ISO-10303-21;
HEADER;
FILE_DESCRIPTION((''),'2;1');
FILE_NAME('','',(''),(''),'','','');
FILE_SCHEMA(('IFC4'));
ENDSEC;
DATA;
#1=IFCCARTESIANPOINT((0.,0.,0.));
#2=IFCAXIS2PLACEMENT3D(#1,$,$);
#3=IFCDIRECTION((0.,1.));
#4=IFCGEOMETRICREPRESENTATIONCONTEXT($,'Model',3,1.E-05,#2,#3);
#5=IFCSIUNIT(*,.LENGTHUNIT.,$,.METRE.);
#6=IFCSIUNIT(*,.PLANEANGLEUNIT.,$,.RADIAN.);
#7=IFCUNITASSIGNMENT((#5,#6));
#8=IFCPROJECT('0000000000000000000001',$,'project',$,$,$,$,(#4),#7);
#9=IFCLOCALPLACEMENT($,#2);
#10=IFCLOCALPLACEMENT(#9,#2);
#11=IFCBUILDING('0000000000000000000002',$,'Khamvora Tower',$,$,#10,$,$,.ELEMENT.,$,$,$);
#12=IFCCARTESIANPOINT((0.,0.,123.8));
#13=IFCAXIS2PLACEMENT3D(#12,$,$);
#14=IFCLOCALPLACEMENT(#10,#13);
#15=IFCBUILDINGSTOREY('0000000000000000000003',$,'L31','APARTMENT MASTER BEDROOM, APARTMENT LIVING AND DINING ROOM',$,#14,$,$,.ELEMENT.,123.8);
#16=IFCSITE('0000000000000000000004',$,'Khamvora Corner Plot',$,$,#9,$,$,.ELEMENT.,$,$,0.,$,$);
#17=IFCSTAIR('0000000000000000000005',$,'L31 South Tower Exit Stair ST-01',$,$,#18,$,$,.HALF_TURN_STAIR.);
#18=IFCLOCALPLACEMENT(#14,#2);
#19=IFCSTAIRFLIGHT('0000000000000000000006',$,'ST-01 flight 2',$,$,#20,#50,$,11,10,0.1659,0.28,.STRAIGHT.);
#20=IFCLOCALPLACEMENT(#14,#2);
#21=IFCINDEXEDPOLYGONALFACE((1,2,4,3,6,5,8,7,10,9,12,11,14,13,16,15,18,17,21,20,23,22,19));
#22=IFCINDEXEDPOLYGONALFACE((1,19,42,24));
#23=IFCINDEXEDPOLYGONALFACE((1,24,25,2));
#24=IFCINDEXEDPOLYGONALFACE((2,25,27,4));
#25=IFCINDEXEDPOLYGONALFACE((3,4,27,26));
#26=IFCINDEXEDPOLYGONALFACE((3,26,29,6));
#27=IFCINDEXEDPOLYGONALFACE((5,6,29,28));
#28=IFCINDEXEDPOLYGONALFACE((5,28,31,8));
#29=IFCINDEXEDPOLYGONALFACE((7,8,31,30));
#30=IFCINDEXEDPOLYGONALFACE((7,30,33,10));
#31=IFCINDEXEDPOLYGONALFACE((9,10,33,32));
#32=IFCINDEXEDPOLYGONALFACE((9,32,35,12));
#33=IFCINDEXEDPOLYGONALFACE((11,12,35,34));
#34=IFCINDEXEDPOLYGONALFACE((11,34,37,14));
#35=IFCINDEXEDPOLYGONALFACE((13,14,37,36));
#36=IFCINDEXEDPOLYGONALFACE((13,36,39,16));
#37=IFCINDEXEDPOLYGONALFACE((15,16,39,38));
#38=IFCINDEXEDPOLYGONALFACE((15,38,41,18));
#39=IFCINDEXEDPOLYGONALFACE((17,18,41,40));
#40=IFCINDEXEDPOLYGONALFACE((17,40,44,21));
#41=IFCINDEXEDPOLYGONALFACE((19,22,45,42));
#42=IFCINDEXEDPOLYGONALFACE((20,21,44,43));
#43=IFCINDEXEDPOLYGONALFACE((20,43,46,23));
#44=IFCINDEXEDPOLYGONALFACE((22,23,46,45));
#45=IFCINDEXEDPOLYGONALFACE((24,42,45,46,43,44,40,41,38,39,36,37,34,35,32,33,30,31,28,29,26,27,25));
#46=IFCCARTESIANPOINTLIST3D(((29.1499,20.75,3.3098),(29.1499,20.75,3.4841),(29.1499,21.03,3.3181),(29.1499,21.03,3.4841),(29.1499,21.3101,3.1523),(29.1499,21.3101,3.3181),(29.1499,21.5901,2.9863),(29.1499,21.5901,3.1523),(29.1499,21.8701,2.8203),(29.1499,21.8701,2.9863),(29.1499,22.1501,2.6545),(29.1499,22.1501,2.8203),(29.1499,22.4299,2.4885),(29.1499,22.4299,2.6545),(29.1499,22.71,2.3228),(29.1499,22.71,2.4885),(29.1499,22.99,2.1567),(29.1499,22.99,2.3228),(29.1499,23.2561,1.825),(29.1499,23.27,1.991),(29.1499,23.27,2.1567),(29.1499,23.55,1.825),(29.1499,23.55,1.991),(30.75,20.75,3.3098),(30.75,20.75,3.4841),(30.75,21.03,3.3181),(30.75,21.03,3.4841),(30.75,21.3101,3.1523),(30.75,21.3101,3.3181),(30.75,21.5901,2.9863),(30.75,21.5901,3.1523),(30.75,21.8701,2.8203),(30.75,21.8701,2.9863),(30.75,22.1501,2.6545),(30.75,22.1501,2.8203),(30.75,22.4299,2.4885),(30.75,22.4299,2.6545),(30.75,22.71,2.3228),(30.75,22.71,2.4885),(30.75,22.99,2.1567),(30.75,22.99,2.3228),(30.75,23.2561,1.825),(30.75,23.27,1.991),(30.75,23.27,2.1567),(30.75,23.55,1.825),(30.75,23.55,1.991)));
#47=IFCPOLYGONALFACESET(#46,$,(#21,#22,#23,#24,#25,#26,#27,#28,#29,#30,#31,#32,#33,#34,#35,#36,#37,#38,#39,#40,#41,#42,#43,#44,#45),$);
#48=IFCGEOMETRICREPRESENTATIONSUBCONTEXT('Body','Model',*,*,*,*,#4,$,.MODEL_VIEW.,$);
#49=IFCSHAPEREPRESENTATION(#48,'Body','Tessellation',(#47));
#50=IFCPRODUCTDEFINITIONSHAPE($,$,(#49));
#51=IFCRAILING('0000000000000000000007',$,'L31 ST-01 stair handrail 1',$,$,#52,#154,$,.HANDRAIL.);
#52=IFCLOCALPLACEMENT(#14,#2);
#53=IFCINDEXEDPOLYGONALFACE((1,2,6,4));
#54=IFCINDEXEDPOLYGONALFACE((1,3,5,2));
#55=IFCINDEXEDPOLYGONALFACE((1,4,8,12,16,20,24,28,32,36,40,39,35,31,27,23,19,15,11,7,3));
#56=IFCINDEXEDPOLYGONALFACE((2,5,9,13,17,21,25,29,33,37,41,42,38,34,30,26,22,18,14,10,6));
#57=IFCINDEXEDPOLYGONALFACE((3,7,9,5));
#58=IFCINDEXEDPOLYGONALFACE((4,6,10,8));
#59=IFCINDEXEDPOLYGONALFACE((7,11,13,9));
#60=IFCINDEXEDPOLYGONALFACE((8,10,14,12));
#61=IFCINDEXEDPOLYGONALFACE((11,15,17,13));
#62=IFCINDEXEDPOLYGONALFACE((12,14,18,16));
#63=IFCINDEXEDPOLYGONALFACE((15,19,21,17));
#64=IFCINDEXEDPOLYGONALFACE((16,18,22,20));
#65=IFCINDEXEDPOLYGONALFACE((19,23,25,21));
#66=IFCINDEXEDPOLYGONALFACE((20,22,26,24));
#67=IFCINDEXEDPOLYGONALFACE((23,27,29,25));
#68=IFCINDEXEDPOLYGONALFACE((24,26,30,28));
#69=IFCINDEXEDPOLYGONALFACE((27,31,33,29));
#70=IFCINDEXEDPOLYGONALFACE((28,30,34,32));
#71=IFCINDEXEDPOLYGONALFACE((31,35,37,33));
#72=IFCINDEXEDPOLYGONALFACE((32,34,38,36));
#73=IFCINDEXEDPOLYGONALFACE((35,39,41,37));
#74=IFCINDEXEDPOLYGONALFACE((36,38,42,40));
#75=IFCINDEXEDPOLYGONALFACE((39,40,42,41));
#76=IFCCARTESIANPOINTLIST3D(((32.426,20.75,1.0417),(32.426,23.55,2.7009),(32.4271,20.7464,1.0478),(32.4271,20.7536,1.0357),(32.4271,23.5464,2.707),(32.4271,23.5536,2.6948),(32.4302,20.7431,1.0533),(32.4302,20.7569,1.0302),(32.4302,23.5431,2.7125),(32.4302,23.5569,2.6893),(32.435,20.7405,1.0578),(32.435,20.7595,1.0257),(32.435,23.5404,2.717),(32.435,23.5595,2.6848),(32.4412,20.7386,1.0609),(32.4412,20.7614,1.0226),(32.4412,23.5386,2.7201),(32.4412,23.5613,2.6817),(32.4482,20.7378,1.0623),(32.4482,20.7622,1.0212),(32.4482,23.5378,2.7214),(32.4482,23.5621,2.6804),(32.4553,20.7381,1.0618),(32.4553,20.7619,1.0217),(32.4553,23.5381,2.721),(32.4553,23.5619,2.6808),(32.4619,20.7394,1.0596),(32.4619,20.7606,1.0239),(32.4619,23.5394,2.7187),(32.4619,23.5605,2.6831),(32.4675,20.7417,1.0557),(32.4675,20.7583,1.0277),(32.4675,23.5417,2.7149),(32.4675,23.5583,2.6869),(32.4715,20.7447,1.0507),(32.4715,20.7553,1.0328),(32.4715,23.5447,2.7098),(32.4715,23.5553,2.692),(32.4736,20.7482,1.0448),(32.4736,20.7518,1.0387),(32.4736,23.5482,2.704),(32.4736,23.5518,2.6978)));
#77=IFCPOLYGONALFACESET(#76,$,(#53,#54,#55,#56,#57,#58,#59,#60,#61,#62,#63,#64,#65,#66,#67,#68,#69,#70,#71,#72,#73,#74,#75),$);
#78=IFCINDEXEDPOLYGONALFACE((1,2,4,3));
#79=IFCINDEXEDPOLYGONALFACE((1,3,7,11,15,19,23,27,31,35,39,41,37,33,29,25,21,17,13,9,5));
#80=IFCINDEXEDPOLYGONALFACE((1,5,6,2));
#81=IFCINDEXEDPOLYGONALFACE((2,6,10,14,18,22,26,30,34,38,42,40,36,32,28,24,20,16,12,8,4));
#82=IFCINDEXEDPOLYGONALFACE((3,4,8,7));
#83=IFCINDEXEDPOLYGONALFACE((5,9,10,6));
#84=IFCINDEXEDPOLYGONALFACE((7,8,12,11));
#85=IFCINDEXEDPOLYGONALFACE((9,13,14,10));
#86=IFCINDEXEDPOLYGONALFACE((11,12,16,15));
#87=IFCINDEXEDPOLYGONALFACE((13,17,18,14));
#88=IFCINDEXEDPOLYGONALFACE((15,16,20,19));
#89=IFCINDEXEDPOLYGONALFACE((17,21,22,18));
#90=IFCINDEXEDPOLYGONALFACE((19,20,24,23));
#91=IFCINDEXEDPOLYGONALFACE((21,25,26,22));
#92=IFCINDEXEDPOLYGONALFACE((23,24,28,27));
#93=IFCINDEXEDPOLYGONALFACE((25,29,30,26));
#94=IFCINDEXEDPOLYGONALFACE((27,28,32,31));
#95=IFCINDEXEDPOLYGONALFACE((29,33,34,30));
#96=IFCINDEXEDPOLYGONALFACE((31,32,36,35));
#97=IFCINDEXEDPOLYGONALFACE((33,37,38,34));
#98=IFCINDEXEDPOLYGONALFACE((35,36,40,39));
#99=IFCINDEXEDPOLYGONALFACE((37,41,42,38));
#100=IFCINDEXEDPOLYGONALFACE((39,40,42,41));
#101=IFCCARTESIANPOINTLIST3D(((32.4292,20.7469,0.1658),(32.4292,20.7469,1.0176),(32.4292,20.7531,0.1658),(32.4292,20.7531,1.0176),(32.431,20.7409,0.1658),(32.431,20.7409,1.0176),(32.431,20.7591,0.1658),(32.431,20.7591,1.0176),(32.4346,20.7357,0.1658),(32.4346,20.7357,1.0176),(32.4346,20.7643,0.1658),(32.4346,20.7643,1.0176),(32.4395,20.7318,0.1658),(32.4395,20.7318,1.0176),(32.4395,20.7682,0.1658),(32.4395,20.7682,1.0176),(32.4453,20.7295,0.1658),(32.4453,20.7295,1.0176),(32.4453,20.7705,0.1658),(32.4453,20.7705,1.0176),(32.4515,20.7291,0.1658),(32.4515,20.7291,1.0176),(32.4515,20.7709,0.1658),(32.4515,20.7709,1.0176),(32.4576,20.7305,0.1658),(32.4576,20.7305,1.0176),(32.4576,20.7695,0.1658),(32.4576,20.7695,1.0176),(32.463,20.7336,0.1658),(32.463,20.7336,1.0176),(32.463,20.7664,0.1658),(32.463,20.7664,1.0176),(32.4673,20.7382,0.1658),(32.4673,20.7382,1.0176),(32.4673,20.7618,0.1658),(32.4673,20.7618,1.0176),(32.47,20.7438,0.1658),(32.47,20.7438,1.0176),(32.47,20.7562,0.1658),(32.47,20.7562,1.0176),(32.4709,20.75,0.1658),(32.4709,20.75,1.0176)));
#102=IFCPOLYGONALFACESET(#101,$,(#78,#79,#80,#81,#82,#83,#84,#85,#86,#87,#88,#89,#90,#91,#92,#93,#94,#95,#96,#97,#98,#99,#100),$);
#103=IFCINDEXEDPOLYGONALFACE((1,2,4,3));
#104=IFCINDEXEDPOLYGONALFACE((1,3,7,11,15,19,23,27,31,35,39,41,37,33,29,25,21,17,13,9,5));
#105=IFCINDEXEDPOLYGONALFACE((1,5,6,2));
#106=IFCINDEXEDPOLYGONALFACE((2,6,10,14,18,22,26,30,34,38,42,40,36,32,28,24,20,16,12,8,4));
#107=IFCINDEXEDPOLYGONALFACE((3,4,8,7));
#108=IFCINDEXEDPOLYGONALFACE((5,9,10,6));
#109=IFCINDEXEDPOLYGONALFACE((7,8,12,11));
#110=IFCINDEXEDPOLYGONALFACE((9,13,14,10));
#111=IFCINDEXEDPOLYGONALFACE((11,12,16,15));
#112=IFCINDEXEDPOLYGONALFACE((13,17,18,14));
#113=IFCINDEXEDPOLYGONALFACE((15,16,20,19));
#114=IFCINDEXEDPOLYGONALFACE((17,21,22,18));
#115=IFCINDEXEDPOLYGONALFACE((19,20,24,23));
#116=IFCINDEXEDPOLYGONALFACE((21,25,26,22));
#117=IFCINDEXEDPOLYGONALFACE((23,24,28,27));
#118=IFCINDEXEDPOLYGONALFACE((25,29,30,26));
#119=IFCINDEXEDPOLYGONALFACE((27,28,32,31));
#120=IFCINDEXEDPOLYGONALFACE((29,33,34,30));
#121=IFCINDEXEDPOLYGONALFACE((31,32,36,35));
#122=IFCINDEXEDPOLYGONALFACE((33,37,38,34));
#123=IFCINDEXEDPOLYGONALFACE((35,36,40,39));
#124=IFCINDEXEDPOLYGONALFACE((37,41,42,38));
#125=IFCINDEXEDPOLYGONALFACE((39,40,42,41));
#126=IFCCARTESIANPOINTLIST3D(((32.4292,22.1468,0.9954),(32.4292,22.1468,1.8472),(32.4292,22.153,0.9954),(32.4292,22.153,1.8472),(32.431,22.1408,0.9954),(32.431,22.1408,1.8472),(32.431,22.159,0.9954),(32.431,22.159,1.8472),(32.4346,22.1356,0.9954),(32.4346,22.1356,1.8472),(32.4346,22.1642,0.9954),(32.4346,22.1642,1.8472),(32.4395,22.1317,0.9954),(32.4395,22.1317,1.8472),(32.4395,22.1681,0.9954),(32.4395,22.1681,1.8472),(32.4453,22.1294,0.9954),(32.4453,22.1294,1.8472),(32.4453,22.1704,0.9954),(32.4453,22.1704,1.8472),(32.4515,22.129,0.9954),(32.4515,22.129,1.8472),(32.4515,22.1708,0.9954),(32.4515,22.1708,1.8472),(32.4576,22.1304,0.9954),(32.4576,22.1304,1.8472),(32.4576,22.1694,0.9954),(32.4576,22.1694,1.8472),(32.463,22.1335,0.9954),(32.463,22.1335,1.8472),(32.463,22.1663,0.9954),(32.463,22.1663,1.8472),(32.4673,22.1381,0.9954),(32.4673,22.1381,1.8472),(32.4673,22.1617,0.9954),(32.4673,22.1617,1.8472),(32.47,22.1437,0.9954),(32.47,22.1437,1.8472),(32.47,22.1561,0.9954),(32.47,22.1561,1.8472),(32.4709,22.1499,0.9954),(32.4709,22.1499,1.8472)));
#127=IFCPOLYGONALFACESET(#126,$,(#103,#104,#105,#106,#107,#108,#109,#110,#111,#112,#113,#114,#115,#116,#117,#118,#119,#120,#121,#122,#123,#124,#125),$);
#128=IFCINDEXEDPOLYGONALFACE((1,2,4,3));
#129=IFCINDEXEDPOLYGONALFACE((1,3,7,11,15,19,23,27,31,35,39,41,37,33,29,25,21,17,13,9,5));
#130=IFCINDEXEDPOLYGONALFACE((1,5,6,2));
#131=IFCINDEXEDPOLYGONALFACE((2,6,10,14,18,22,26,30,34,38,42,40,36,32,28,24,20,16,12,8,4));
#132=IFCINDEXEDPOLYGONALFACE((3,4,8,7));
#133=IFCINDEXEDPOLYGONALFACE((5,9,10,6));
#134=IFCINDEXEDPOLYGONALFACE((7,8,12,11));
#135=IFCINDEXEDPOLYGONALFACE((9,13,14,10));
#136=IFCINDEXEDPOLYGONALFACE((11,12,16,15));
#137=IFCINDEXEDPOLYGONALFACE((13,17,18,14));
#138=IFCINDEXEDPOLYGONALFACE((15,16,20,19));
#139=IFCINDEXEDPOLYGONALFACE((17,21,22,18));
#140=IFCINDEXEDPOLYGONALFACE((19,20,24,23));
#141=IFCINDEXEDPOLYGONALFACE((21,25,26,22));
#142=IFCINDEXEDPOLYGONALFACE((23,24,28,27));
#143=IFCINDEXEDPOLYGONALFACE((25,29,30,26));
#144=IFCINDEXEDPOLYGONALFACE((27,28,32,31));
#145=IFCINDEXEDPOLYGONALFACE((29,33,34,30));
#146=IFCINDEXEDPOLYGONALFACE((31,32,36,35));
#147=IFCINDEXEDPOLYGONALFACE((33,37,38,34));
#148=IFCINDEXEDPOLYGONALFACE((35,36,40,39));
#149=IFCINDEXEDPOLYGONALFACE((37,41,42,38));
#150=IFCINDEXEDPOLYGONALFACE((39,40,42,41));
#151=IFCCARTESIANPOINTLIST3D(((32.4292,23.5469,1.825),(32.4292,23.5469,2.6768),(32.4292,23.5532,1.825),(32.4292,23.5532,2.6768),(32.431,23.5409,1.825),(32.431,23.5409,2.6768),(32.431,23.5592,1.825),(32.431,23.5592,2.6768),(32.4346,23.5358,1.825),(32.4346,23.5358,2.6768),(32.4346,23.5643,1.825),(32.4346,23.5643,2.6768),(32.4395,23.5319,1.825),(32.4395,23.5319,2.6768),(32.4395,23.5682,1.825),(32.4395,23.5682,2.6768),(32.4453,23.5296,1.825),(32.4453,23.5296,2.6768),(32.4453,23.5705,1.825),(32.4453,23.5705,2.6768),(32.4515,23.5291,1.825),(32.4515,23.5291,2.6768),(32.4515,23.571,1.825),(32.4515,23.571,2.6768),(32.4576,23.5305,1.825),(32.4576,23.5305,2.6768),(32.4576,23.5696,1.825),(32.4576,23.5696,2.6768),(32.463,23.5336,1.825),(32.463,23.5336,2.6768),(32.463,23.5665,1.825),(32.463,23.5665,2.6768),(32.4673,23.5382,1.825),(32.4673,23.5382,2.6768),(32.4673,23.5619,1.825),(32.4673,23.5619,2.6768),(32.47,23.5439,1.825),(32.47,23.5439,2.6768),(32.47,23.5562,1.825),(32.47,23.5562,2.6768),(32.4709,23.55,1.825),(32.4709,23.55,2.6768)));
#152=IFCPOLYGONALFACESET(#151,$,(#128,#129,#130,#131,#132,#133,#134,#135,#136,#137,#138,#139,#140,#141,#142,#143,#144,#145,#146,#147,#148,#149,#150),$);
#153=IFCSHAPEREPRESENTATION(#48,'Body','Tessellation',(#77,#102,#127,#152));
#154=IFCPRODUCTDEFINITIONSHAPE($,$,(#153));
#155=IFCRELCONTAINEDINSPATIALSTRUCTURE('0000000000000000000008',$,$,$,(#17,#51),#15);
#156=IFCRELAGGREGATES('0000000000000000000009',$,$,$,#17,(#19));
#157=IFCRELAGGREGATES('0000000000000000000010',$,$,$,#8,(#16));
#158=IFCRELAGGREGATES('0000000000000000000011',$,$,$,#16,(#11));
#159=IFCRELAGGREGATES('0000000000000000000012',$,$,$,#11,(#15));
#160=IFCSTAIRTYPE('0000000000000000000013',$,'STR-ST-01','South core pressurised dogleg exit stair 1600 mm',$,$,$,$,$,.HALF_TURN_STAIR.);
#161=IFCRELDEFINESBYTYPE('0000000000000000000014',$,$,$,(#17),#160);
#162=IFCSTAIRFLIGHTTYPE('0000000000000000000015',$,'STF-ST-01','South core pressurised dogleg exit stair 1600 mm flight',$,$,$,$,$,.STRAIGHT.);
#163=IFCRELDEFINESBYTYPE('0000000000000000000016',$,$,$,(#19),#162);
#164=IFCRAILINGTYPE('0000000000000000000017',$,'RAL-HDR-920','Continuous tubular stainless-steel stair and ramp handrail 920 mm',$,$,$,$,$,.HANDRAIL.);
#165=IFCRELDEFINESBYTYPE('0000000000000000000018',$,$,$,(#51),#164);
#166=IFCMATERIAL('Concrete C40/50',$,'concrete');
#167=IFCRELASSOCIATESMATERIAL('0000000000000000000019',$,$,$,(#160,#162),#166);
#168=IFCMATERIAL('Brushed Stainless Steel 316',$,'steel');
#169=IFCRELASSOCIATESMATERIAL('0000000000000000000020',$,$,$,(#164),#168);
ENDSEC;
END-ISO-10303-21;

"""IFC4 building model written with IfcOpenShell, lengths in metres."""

from ifc_helpers import new_model, si_unit, direction, frame, origin, origin_2d, place, context, subcontext, project, spatial, polyline, circle, outline, extrude, material, type_object, element, aggregate, save


model = new_model("IFC4")

# Units and contexts
model_context = context("Model", 3, precision=1e-05, world=origin(), true_north=direction((0.0, 1.0)))
body_context = subcontext(model_context, "Body", "Model", "MODEL_VIEW")
ifc_project = project(units=[si_unit("LENGTHUNIT", "METRE"), si_unit("PLANEANGLEUNIT", "RADIAN")], contexts=[model_context])

# Site, building, storey
site_placement = place(None, origin())
site = spatial("IfcSite", under=ifc_project, at=site_placement, Name="Khamvora Corner Plot", CompositionType="ELEMENT", RefElevation=0.0)
building_placement = place(site_placement, origin())
building = spatial("IfcBuilding", under=site, at=building_placement, Name="Khamvora Tower", CompositionType="ELEMENT")
storey_placement = place(building_placement, frame((0.0, 0.0, 123.8)))
storey = spatial("IfcBuildingStorey", under=building, at=storey_placement, Name="L31", Description="APARTMENT MASTER BEDROOM, APARTMENT LIVING AND DINING ROOM", CompositionType="ELEMENT", Elevation=123.8)

# Stair, stair flight
ifc_material_1 = material(Name="Concrete C40/50", Category="concrete")
stair_type = type_object("IfcStairType", Name="STR-ST-01", Description="South core pressurised dogleg exit stair 1600 mm", PredefinedType="HALF_TURN_STAIR", material=ifc_material_1)
stair_placement = place(storey_placement, origin())
stair = element("IfcStair", 1, at=stair_placement, inside=storey, type_object=stair_type, Name="L31 South Tower Exit Stair ST-01", PredefinedType="HALF_TURN_STAIR")
stair_flight_type = type_object("IfcStairFlightType", Name="STF-ST-01", Description="South core pressurised dogleg exit stair 1600 mm flight", PredefinedType="STRAIGHT", material=ifc_material_1)
stair_flight_1_placement = place(storey_placement, frame((29.95, 23.55, 1.825), z_axis=(0.0, 0.0, 1.0), x_axis=(0.0, -1.0, 0.0)))
stair_flight_1 = element("IfcStairFlight", 2, at=stair_flight_1_placement, type_object=stair_flight_type, Name="ST-01 flight 2", NumberOfRisers=11, NumberOfTreads=10, PredefinedType="STRAIGHT", RiserHeight=0.1659, TreadLength=0.28, context=body_context, shape_type="SweptSolid", body=[
    extrude(outline(polyline([(0.0, 0.0), (0.0, 0.166), (0.28, 0.166), (0.28, 0.3318), (0.5601, 0.3318), (0.5601, 0.4978), (0.8401, 0.4978), (0.8401, 0.6636), (1.1201, 0.6636), (1.1201, 0.8296), (1.3999, 0.8296), (1.3999, 0.9954), (1.6799, 0.9954), (1.6799, 1.1614), (1.96, 1.1614), (1.96, 1.3274), (2.24, 1.3274), (2.24, 1.4932), (2.52, 1.4932), (2.52, 1.6592), (2.8, 1.6592), (2.8, 1.825), (2.8, 1.4849), (0.2939, 0.0), (0.0, 0.0)])), frame((0.0, 0.8, 0.0), z_axis=(0.0, -1.0, 0.0), x_axis=(1.0, 0.0, 0.0)), (0.0, 0.0, 1.0), 1.6001),
])
aggregate(stair, [stair_flight_1])

# Railing
ifc_material_2 = material(Name="Brushed Stainless Steel 316", Category="steel")
railing_type_1 = type_object("IfcRailingType", Name="RAL-HDR-920", Description="Continuous tubular stainless-steel stair and ramp handrail 920 mm", PredefinedType="HANDRAIL", material=ifc_material_2)
railing_1_placement = place(storey_placement, frame((32.45, 20.75, 0.1658)))
element("IfcRailing", 3, at=railing_1_placement, inside=storey, type_object=railing_type_1, Name="L31 ST-01 stair handrail 1", PredefinedType="HANDRAIL", context=body_context, shape_type="SweptSolid", body=[
    extrude(circle(Radius=0.0239, at=origin_2d()), frame((0.0, 0.0, 0.876), z_axis=(0.0, 0.860306, 0.509778), x_axis=(-1.0, 0.0, 0.0)), (0.0, 0.0, 1.0), 3.2546),
    extrude(circle(Radius=0.021, at=origin_2d()), origin(), (0.0, 0.0, 1.0), 0.8518),
    extrude(circle(Radius=0.021, at=origin_2d()), frame((0.0, 1.3999, 0.8296)), (0.0, 0.0, 1.0), 0.8518),
    extrude(circle(Radius=0.021, at=origin_2d()), frame((0.0, 2.8, 1.6592)), (0.0, 0.0, 1.0), 0.8518),
])

save(model, "model.ifc")
